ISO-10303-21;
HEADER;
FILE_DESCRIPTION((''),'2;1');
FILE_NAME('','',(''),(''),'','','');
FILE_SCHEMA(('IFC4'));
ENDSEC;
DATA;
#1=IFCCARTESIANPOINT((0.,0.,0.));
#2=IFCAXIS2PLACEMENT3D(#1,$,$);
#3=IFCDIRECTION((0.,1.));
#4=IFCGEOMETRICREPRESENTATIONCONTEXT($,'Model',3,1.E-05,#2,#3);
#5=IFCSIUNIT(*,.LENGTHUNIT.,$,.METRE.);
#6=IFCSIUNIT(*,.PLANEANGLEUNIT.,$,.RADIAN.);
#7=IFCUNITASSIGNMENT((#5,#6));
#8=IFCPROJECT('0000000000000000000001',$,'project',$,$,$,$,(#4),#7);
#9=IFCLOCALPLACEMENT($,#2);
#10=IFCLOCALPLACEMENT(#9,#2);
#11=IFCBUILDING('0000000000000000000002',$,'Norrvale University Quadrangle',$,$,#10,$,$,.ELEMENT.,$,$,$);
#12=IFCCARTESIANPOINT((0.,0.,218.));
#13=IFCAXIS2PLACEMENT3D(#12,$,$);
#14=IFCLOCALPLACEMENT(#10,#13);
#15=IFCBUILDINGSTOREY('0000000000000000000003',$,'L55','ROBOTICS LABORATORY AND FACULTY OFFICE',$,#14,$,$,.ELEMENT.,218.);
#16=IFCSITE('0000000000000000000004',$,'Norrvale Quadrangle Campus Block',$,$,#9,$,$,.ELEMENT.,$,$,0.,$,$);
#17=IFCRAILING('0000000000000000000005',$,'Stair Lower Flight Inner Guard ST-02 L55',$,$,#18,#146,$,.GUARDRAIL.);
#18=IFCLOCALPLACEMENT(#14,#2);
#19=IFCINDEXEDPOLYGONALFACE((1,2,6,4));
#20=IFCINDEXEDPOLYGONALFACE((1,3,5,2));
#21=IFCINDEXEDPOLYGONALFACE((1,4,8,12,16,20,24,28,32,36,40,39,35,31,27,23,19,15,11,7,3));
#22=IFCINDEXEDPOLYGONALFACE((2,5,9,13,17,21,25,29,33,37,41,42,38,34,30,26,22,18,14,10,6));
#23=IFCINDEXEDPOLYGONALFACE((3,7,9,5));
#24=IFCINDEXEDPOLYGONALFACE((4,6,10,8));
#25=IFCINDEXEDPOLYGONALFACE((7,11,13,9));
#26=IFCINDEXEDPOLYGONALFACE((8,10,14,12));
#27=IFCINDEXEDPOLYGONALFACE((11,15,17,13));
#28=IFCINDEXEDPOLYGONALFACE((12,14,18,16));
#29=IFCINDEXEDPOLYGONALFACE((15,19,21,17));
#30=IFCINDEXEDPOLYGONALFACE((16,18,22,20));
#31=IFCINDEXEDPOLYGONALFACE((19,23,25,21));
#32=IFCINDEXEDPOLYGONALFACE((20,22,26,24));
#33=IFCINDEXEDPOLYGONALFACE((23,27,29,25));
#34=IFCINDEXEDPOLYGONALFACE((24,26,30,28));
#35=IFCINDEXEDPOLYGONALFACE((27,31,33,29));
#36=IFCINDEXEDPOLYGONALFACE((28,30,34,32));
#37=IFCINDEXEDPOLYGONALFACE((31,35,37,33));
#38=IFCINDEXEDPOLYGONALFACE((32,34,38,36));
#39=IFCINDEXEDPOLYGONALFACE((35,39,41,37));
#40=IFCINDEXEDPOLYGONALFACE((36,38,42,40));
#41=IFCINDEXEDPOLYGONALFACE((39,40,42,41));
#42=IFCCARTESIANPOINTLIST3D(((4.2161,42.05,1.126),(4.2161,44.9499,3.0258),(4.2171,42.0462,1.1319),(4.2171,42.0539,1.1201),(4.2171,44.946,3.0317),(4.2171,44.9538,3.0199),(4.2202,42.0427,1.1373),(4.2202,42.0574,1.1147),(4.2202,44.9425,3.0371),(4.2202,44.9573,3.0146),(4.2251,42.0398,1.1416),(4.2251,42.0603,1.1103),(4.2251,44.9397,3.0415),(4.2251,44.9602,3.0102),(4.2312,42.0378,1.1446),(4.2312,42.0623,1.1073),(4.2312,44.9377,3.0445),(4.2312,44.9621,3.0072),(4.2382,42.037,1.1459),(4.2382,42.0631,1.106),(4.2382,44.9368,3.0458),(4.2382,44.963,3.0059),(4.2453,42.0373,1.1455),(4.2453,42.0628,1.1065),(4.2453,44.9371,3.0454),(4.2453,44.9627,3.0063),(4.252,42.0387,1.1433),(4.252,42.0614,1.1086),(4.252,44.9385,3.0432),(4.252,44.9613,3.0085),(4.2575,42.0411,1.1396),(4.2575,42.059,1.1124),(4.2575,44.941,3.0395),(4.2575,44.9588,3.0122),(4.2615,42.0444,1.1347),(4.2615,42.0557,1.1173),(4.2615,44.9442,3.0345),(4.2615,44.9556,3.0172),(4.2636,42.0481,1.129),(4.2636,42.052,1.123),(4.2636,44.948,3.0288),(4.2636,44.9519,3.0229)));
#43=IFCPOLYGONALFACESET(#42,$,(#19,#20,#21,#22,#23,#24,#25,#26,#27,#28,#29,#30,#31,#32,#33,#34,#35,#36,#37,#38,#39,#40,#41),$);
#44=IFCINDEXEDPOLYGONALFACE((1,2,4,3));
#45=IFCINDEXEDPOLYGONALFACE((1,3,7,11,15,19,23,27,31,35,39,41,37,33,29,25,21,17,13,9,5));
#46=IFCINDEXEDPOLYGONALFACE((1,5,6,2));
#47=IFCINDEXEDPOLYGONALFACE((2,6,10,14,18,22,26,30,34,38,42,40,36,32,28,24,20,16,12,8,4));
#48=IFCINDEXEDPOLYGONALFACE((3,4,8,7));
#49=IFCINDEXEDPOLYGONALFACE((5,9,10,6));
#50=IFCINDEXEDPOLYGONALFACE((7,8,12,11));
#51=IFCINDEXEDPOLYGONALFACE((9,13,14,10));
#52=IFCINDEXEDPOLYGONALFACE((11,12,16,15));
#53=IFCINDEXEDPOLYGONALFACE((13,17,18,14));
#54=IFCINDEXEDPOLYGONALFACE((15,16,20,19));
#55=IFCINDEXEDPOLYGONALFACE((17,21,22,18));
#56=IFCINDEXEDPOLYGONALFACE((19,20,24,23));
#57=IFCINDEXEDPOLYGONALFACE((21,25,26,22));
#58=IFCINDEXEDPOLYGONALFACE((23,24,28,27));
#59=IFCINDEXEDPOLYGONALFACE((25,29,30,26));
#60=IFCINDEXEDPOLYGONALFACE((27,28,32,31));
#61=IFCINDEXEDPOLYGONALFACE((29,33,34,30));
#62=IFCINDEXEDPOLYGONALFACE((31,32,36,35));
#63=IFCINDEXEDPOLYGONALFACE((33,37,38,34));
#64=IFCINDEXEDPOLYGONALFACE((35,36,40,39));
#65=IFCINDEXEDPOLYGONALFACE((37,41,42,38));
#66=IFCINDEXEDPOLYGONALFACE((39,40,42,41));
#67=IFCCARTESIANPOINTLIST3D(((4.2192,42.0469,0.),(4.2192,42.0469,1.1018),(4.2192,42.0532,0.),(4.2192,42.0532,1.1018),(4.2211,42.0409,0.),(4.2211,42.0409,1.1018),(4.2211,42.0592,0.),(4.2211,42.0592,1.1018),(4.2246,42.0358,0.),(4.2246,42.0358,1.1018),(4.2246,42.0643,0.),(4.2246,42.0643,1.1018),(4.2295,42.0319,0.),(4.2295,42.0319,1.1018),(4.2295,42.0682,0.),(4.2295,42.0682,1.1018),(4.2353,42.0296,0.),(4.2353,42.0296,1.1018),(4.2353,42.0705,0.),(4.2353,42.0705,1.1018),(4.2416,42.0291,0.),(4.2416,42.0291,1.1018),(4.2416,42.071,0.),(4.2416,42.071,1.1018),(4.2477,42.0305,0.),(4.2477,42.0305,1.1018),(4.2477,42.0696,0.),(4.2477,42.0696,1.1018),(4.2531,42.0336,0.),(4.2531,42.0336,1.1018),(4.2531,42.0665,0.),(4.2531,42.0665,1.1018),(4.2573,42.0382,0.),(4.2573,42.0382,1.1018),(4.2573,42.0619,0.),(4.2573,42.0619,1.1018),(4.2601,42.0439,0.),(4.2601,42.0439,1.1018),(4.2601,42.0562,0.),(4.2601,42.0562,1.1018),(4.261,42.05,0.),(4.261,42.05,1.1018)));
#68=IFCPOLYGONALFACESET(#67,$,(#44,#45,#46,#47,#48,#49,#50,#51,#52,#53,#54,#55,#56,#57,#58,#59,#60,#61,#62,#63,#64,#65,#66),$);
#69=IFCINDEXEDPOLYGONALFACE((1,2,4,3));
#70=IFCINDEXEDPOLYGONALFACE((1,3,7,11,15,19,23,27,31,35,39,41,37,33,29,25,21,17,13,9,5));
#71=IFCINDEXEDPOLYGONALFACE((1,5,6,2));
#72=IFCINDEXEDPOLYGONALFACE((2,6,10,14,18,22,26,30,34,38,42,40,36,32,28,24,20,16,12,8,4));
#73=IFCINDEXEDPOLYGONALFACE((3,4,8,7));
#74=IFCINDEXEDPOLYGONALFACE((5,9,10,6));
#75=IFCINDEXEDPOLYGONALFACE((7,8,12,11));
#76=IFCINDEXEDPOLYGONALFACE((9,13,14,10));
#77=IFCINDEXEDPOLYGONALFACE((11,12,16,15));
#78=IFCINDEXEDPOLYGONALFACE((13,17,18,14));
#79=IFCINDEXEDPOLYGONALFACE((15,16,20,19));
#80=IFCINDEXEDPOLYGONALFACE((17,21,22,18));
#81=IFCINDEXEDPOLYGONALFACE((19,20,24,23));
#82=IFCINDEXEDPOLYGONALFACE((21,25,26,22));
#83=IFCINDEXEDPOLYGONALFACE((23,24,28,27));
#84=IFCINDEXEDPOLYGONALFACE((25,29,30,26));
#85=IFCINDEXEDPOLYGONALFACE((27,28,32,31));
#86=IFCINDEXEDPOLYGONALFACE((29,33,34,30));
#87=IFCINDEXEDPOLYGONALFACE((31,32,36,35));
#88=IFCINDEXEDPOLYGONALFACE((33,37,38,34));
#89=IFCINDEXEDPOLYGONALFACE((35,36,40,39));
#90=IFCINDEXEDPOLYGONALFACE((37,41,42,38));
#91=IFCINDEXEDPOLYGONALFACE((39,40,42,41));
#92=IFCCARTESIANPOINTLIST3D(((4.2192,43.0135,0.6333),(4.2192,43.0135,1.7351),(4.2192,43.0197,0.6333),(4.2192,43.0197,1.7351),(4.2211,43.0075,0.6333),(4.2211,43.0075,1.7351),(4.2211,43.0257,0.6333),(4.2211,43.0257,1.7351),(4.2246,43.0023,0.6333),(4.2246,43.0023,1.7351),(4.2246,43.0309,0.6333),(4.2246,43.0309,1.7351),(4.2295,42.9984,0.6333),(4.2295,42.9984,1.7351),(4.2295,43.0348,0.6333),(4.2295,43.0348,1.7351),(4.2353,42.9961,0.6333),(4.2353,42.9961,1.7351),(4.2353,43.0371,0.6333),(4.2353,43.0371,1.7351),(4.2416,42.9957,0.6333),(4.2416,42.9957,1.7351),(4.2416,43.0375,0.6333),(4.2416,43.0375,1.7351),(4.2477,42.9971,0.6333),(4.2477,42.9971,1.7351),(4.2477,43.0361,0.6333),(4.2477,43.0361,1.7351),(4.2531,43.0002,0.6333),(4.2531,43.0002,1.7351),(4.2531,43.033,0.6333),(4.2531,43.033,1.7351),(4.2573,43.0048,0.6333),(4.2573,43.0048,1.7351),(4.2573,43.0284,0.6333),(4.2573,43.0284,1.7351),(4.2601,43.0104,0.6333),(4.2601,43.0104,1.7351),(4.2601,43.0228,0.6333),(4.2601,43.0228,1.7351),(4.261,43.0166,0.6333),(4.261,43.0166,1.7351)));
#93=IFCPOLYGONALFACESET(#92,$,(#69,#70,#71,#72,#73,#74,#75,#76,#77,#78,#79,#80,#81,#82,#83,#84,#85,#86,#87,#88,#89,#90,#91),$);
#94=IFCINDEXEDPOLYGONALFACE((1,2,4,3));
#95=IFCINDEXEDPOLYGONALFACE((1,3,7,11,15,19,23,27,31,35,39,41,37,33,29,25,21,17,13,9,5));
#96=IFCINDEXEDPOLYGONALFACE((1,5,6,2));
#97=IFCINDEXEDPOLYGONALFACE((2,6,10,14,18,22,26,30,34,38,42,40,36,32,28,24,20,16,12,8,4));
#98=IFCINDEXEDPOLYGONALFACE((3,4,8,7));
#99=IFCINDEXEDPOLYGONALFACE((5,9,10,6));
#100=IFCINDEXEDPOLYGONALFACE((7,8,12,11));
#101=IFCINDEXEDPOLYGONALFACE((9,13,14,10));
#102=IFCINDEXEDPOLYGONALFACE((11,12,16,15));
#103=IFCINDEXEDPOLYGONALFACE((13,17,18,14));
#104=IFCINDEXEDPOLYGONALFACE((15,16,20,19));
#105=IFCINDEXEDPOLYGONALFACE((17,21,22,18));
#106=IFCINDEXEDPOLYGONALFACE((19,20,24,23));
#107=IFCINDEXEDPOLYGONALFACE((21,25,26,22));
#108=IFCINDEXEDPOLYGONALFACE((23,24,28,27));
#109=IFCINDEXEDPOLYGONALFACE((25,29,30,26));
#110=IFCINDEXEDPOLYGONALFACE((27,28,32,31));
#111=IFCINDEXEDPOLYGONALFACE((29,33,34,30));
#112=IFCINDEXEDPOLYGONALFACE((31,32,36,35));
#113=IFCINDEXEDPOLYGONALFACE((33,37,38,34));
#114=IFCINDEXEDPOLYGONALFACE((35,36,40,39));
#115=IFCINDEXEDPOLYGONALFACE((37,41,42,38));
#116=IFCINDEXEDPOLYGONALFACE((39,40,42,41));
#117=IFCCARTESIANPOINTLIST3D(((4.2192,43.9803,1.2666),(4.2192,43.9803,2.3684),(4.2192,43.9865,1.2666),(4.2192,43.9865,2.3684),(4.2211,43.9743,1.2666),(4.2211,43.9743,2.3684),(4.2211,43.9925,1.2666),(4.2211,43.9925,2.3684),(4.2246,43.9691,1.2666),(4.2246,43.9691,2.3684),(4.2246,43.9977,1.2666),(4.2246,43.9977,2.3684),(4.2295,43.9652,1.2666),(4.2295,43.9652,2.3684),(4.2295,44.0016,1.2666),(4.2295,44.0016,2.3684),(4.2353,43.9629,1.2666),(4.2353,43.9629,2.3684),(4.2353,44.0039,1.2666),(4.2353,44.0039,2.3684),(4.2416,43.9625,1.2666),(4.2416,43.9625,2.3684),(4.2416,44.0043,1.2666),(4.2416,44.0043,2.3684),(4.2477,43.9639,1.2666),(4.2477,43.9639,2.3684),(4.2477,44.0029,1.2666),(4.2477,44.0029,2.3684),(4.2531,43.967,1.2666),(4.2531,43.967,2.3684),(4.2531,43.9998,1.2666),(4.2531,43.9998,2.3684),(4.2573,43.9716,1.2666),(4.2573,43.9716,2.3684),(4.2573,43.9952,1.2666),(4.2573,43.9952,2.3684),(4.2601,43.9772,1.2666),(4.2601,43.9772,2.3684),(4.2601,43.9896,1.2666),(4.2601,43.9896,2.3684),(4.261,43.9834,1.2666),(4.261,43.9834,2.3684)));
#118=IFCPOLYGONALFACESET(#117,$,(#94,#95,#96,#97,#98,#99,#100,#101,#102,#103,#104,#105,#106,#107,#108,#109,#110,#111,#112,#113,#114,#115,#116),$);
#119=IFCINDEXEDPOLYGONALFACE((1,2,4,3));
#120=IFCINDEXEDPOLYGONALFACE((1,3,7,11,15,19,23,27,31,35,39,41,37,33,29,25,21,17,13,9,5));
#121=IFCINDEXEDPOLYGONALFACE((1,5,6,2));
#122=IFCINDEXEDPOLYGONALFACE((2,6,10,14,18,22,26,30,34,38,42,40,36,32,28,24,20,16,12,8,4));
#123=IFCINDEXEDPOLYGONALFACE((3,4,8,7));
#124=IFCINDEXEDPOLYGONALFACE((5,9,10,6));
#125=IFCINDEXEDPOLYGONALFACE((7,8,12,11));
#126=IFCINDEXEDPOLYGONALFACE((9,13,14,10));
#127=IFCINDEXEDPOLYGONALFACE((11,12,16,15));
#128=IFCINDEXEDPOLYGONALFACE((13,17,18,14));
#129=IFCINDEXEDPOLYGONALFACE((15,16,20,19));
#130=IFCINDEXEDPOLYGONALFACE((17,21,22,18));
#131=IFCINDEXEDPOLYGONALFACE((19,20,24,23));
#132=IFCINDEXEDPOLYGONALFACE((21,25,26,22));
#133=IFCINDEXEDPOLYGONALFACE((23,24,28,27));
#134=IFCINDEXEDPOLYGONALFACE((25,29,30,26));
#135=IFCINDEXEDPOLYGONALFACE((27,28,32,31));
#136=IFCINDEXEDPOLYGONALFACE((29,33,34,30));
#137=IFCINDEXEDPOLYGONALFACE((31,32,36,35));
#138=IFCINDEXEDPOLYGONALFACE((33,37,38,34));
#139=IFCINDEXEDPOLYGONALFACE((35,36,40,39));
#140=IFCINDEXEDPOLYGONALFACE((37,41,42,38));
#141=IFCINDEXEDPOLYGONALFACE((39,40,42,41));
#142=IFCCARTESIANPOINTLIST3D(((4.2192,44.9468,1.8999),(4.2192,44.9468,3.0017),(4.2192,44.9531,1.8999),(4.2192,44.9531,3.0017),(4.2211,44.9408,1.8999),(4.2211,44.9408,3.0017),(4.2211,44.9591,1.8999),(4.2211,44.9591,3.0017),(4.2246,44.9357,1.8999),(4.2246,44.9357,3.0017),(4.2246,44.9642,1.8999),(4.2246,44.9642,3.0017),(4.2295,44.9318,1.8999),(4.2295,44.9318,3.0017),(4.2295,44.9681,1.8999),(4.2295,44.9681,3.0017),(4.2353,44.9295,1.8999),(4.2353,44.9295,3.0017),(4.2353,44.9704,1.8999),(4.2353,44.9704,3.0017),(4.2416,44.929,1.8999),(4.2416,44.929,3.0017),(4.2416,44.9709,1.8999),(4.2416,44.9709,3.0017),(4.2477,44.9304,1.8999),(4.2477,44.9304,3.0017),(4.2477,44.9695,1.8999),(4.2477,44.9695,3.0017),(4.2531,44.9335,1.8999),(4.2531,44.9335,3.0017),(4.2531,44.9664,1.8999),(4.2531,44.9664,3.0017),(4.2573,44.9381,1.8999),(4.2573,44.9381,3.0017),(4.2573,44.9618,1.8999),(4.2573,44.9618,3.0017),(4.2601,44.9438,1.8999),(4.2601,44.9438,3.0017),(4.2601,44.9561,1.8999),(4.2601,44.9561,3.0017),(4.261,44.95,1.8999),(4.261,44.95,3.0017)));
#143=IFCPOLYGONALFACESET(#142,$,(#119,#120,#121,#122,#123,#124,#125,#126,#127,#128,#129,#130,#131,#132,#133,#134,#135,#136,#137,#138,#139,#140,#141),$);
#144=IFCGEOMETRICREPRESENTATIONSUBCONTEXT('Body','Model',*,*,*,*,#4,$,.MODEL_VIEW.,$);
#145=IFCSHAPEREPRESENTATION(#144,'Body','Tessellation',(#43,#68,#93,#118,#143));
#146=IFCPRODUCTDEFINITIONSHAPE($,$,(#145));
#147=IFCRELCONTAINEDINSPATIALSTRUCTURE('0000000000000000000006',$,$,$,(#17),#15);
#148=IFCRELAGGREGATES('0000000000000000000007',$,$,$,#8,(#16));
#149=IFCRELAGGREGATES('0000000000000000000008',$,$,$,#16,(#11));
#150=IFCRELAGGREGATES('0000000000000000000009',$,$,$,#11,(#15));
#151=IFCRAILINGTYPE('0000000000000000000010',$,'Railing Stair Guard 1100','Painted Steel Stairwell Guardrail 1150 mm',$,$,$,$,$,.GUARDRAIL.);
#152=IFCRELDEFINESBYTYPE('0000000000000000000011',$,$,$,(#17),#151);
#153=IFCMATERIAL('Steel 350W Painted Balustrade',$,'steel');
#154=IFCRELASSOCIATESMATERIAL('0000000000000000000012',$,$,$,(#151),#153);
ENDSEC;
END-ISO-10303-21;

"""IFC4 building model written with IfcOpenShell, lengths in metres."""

from ifc_helpers import new_model, si_unit, direction, frame, origin, origin_2d, place, context, subcontext, project, spatial, circle, extrude, material, type_object, element, save


model = new_model("IFC4")

# Units and contexts
model_context = context("Model", 3, precision=1e-05, world=origin(), true_north=direction((0.0, 1.0)))
body_context = subcontext(model_context, "Body", "Model", "MODEL_VIEW")
ifc_project = project(units=[si_unit("LENGTHUNIT", "METRE"), si_unit("PLANEANGLEUNIT", "RADIAN")], contexts=[model_context])

# Site, building, storey
site_placement = place(None, origin())
site = spatial("IfcSite", under=ifc_project, at=site_placement, Name="Norrvale Quadrangle Campus Block", CompositionType="ELEMENT", RefElevation=0.0)
building_placement = place(site_placement, origin())
building = spatial("IfcBuilding", under=site, at=building_placement, Name="Norrvale University Quadrangle", CompositionType="ELEMENT")
storey_placement = place(building_placement, frame((0.0, 0.0, 218.0)))
storey = spatial("IfcBuildingStorey", under=building, at=storey_placement, Name="L55", Description="ROBOTICS LABORATORY AND FACULTY OFFICE", CompositionType="ELEMENT", Elevation=218.0)

# Railing
ifc_material_1 = material(Name="Steel 350W Painted Balustrade", Category="steel")
railing_type_1 = type_object("IfcRailingType", Name="Railing Stair Guard 1100", Description="Painted Steel Stairwell Guardrail 1150 mm", PredefinedType="GUARDRAIL", material=ifc_material_1)
railing_1_placement = place(storey_placement, frame((4.24, 42.05, 0.0)))
element("IfcRailing", 1, at=railing_1_placement, inside=storey, type_object=railing_type_1, Name="Stair Lower Flight Inner Guard ST-02 L55", PredefinedType="GUARDRAIL", context=body_context, shape_type="SweptSolid", body=[
    extrude(circle(Radius=0.0239, at=origin_2d()), frame((0.0, 0.0, 1.126), z_axis=(0.0, 0.836466, 0.548019), x_axis=(-1.0, 0.0, 0.0)), (0.0, 0.0, 1.0), 3.4668),
    extrude(circle(Radius=0.021, at=origin_2d()), origin(), (0.0, 0.0, 1.0), 1.1018),
    extrude(circle(Radius=0.021, at=origin_2d()), frame((0.0, 0.9666, 0.6333)), (0.0, 0.0, 1.0), 1.1018),
    extrude(circle(Radius=0.021, at=origin_2d()), frame((0.0, 1.9333, 1.2666)), (0.0, 0.0, 1.0), 1.1018),
    extrude(circle(Radius=0.021, at=origin_2d()), frame((0.0, 2.8999, 1.8999)), (0.0, 0.0, 1.0), 1.1018),
])

save(model, "model.ifc")
